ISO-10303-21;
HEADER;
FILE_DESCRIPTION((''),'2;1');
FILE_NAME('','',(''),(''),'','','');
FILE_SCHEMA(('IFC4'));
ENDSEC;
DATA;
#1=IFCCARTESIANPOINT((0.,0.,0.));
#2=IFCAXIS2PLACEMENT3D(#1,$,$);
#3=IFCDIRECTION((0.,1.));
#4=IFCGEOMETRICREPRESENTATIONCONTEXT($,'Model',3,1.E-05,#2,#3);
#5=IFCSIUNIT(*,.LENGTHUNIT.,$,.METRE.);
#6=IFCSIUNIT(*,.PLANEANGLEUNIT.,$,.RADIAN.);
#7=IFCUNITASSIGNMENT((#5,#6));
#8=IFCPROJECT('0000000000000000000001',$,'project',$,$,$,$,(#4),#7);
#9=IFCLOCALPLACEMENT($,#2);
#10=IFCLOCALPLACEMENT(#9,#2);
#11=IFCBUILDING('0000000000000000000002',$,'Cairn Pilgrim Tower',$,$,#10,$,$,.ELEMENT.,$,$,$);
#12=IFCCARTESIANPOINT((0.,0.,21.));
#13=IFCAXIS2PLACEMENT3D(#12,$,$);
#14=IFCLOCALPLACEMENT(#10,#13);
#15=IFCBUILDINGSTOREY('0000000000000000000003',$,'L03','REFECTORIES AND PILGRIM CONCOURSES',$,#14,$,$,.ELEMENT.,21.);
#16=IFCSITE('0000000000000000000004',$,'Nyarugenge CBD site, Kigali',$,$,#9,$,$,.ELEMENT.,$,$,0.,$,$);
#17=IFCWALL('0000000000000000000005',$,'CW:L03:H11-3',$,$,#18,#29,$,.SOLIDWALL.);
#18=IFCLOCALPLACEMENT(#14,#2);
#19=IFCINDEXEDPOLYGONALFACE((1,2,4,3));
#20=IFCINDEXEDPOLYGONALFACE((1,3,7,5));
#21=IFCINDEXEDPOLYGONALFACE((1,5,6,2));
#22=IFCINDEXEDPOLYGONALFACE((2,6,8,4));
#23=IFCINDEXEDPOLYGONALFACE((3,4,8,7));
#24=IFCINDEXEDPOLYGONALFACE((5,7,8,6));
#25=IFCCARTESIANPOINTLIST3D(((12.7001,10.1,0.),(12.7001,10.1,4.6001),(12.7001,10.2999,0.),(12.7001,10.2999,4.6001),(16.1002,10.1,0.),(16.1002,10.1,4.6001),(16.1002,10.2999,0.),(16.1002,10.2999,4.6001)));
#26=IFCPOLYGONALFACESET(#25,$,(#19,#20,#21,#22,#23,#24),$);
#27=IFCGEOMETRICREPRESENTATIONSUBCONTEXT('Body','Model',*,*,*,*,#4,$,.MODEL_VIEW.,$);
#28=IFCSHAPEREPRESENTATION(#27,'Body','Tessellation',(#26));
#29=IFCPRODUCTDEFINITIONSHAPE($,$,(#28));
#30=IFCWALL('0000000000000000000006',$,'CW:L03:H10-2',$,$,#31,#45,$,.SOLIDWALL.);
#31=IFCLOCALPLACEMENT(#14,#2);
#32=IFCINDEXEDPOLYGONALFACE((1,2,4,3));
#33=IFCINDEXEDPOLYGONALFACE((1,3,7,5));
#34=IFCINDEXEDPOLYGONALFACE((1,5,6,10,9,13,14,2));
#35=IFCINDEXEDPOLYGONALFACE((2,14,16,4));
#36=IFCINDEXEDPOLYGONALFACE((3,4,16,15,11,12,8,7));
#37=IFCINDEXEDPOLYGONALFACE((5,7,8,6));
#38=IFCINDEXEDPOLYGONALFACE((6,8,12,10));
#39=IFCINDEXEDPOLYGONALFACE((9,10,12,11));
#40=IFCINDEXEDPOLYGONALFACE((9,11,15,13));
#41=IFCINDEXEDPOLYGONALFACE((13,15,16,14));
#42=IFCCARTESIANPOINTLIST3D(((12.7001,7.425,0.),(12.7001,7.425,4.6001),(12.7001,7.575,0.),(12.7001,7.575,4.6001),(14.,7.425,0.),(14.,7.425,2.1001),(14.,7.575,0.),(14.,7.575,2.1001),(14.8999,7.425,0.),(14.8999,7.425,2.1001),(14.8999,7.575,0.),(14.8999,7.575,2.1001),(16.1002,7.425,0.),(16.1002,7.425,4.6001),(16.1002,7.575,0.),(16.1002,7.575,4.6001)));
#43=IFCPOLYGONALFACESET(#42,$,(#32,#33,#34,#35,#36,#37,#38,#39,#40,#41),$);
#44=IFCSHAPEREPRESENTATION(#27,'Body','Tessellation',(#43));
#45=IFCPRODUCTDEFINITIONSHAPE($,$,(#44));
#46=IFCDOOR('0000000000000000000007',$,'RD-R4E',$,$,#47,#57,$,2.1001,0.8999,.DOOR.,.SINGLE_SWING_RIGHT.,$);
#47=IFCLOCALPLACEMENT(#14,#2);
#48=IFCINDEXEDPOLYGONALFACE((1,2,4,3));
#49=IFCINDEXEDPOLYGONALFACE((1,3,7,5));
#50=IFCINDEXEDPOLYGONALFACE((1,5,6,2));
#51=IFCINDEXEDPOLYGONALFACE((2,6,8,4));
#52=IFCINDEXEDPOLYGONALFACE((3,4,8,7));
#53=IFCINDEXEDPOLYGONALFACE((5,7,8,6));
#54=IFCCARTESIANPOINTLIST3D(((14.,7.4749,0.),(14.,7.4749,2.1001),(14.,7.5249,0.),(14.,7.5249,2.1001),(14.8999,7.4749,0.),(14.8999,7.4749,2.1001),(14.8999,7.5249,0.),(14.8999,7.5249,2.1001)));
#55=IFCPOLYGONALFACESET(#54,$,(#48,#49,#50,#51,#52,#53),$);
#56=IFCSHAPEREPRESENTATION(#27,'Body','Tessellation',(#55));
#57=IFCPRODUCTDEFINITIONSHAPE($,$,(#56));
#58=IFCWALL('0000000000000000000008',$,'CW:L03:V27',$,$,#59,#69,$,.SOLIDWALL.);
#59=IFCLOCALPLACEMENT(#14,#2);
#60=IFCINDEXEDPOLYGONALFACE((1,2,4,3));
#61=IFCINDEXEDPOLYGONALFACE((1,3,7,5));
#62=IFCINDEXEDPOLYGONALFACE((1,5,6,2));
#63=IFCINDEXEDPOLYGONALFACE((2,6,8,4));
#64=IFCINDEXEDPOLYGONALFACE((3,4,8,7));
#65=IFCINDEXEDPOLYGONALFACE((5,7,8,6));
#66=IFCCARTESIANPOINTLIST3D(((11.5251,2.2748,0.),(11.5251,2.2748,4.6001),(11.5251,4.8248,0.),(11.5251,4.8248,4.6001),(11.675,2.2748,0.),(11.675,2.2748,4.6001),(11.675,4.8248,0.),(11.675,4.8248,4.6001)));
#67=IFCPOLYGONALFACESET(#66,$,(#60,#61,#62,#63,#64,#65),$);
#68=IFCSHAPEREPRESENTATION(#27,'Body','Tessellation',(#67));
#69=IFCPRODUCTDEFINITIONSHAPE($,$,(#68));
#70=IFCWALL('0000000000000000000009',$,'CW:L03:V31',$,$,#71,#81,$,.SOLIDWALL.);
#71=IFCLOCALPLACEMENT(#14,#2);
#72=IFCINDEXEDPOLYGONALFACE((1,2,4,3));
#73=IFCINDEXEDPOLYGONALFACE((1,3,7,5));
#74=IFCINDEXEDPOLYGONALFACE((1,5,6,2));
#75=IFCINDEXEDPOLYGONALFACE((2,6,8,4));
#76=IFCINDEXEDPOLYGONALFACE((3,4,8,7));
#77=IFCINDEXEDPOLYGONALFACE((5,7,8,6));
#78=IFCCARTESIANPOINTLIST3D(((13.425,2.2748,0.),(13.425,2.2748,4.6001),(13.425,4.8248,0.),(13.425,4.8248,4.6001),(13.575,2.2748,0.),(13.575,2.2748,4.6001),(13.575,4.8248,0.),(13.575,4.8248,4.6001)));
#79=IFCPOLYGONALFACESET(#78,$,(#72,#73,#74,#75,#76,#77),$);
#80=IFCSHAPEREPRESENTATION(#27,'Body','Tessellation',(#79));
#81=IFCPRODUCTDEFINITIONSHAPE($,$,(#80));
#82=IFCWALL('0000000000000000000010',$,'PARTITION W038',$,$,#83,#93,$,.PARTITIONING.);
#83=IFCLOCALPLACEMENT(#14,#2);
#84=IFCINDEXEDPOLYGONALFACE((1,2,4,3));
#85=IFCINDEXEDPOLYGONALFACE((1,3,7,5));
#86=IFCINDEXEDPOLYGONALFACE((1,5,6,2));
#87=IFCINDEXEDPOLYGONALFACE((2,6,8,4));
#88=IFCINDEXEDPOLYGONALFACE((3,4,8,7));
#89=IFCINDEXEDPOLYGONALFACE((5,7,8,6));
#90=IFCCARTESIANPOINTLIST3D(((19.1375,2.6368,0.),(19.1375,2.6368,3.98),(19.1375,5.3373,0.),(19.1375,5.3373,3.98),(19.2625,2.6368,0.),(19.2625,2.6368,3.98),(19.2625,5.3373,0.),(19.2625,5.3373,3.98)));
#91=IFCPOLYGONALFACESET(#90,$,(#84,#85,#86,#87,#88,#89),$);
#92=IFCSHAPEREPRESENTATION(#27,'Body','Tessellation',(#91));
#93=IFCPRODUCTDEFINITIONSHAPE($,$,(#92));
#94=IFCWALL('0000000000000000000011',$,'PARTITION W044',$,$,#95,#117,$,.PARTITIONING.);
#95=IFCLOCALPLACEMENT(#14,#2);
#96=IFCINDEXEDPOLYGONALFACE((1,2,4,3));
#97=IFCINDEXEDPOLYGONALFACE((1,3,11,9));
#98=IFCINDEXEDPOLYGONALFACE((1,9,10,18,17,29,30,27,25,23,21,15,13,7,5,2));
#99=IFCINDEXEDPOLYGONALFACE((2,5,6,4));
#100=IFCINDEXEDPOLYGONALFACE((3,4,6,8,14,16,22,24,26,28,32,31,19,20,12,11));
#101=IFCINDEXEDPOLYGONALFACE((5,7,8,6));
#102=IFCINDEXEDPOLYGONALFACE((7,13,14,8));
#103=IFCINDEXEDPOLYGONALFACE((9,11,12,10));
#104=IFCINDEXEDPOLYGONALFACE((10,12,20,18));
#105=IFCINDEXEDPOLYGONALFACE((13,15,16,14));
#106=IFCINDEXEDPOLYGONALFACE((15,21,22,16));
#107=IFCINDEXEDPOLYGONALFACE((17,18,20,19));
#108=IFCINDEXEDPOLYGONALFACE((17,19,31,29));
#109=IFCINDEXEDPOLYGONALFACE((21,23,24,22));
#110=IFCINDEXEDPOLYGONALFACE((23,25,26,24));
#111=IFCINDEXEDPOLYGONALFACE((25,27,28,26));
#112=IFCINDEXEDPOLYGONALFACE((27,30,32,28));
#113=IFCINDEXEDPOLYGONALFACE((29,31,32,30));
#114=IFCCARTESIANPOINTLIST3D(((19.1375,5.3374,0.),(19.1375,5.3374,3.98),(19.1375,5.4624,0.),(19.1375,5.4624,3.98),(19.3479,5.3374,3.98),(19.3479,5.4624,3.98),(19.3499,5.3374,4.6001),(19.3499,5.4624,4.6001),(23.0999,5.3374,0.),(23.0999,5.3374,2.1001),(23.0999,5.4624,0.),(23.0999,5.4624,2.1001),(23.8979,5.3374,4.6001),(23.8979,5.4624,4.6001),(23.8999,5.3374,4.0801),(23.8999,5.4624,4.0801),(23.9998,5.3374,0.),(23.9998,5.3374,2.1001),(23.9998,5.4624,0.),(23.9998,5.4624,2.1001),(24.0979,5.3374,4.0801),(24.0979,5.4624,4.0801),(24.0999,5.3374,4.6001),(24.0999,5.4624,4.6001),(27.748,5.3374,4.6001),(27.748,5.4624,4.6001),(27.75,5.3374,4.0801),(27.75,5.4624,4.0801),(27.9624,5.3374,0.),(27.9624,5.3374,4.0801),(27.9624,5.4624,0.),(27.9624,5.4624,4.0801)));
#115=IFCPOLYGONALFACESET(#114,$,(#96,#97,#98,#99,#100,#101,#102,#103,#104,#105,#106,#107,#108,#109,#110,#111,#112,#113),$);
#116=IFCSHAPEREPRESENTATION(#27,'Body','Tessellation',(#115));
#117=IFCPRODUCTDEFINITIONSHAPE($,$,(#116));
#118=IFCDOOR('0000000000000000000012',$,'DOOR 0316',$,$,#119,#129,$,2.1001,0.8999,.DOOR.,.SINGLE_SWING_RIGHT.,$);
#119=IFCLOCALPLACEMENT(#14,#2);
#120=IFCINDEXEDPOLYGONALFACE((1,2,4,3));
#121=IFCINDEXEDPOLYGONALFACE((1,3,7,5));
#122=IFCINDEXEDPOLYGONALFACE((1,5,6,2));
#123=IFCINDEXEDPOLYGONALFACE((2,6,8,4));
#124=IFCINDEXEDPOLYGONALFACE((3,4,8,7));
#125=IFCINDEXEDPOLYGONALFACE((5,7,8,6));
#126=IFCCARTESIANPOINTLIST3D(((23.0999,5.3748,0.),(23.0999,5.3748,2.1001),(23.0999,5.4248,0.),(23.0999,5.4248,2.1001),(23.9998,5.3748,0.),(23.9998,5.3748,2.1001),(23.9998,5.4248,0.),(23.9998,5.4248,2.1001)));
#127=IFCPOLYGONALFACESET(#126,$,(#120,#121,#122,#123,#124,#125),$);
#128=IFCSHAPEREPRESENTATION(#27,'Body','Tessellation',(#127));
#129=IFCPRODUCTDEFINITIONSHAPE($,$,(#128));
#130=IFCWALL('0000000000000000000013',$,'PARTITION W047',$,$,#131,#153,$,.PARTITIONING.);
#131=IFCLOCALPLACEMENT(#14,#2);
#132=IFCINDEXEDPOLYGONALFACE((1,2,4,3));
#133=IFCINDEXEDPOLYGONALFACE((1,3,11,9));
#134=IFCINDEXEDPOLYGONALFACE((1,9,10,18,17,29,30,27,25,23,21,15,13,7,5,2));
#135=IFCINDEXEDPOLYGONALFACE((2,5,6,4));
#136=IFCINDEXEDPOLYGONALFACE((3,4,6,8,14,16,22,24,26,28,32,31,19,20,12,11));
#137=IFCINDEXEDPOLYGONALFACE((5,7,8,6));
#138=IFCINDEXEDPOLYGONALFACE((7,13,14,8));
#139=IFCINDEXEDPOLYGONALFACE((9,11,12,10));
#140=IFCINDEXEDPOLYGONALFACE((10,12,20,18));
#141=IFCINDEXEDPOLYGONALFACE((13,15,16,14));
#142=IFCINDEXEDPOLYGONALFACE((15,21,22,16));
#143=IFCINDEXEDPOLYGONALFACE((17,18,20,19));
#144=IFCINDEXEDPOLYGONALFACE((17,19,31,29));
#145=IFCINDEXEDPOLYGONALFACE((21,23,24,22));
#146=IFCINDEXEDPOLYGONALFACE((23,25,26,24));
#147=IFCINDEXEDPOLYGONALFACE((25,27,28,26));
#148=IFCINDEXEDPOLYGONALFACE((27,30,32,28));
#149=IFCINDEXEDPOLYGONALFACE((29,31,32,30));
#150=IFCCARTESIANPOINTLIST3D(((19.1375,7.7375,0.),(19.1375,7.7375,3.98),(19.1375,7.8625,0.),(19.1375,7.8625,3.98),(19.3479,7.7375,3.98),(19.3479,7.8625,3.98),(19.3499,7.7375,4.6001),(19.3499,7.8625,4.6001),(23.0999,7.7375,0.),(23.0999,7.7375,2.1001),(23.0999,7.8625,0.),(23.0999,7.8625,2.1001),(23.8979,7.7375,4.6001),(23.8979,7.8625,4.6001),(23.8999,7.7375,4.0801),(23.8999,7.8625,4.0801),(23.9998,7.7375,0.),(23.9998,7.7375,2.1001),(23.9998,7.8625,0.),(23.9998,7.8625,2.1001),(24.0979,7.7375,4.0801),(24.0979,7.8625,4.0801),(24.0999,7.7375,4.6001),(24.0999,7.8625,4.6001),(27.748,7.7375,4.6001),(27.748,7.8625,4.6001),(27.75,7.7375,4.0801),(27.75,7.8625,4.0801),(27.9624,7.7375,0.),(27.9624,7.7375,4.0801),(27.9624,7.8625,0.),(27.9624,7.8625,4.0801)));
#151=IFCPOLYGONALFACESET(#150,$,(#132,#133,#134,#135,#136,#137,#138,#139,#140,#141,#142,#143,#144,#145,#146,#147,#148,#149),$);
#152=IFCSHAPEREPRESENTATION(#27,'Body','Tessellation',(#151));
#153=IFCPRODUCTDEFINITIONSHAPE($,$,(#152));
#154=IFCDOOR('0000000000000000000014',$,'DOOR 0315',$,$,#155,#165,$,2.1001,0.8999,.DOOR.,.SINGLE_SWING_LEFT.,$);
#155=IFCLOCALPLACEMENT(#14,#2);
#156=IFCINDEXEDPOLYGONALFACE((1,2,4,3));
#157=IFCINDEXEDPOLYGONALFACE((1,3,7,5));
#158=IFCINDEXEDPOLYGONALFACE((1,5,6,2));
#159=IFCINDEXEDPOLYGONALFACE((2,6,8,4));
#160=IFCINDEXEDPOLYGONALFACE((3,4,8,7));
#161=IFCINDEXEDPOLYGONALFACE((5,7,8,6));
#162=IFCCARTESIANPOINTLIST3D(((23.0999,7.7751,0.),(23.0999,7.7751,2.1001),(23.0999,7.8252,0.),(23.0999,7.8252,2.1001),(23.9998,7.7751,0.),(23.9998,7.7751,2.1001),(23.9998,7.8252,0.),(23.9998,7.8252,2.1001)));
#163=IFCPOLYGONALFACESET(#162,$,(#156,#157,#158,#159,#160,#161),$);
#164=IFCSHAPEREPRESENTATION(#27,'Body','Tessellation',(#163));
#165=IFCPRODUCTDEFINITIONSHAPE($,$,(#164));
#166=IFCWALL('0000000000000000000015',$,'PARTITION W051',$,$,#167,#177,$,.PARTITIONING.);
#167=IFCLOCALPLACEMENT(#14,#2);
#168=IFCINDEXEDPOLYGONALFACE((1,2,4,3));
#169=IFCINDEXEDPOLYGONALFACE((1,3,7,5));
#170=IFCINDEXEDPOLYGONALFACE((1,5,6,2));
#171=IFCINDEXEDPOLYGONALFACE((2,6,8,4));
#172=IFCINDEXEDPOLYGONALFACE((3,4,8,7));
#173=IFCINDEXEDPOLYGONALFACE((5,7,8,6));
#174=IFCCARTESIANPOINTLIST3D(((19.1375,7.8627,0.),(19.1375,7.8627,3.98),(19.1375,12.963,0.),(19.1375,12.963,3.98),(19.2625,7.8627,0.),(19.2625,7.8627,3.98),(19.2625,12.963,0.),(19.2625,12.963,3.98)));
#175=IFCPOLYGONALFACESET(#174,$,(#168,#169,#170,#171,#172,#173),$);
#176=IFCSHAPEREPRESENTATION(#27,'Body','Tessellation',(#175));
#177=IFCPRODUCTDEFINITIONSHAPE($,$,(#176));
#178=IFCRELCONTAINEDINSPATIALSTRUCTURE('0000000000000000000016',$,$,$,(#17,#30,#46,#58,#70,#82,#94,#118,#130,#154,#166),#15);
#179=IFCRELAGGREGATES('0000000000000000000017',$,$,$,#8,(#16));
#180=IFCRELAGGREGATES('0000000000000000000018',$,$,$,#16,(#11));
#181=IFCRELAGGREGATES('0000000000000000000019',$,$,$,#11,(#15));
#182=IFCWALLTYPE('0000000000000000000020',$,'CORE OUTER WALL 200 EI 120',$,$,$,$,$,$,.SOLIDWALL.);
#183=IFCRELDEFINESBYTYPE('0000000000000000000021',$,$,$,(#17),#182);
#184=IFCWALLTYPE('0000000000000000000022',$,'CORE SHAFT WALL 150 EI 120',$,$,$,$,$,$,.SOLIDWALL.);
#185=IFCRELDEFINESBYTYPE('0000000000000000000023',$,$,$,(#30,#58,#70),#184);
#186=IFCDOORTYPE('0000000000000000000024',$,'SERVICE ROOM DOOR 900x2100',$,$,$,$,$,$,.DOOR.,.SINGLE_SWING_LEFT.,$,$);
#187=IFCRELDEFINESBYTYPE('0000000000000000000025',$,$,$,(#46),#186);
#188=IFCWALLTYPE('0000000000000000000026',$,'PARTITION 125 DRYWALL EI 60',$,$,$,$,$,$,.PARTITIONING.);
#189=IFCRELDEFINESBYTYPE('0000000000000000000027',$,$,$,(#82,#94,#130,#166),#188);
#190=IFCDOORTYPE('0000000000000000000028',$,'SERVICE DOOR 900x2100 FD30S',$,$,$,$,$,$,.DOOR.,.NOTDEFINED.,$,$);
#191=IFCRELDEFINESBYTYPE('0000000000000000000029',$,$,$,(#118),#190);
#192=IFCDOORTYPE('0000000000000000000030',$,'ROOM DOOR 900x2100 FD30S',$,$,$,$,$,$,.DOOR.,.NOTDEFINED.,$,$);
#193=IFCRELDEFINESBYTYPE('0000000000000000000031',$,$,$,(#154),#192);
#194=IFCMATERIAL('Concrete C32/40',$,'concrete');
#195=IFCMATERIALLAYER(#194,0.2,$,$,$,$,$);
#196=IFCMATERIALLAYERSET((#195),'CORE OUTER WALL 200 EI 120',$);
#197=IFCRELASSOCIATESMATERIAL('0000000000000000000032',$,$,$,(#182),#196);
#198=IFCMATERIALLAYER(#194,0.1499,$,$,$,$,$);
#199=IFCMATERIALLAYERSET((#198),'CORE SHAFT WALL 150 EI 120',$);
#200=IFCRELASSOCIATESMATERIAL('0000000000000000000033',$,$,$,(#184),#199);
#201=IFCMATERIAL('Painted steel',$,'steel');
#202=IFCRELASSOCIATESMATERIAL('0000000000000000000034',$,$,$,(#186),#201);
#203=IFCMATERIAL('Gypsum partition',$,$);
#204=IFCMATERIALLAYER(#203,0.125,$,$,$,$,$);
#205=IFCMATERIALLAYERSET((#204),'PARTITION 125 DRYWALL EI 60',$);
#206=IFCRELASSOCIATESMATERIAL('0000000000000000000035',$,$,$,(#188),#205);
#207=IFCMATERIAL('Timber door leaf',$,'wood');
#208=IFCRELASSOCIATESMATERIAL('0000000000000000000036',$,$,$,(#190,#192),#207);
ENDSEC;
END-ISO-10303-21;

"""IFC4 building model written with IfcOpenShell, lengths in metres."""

from ifc_helpers import new_model, si_unit, direction, frame, frame_2d, origin, place, context, subcontext, project, spatial, polyline, rectangle, outline, extrude, material, layer, layer_set, type_object, element, fill, save


model = new_model("IFC4")

# Units and contexts
model_context = context("Model", 3, precision=1e-05, world=origin(), true_north=direction((0.0, 1.0)))
body_context = subcontext(model_context, "Body", "Model", "MODEL_VIEW")
ifc_project = project(units=[si_unit("LENGTHUNIT", "METRE"), si_unit("PLANEANGLEUNIT", "RADIAN")], contexts=[model_context])

# Site, building, storey
site_placement = place(None, origin())
site = spatial("IfcSite", under=ifc_project, at=site_placement, Name="Nyarugenge CBD site, Kigali", CompositionType="ELEMENT", RefElevation=0.0)
building_placement = place(site_placement, origin())
building = spatial("IfcBuilding", under=site, at=building_placement, Name="Cairn Pilgrim Tower", CompositionType="ELEMENT")
storey_placement = place(building_placement, frame((0.0, 0.0, 21.0)))
storey = spatial("IfcBuildingStorey", under=building, at=storey_placement, Name="L03", Description="REFECTORIES AND PILGRIM CONCOURSES", CompositionType="ELEMENT", Elevation=21.0)

# Wall
ifc_material_1 = material(Name="Concrete C32/40", Category="concrete")
ifc_layer_1 = layer(ifc_material_1, 0.2)
ifc_layer_set_1 = layer_set([ifc_layer_1], Name="CORE OUTER WALL 200 EI 120")
wall_type_1 = type_object("IfcWallType", Name="CORE OUTER WALL 200 EI 120", PredefinedType="SOLIDWALL", material=ifc_layer_set_1)
wall_1_placement = place(storey_placement, frame((12.7, 10.2, 0.0), z_axis=(0.0, 0.0, 1.0), x_axis=(1.0, 0.0, 0.0)))
element("IfcWall", 1, at=wall_1_placement, inside=storey, type_object=wall_type_1, Name="CW:L03:H11-3", PredefinedType="SOLIDWALL", context=body_context, shape_type="SweptSolid", body=[
    extrude(rectangle(XDim=3.4001, YDim=0.2, at=frame_2d((1.7002, 0.0))), origin(), (0.0, 0.0, 1.0), 4.6001),
])

# Wall, opening, door
ifc_layer_2 = layer(ifc_material_1, 0.1499)
ifc_layer_set_2 = layer_set([ifc_layer_2], Name="CORE SHAFT WALL 150 EI 120")
wall_type_2 = type_object("IfcWallType", Name="CORE SHAFT WALL 150 EI 120", PredefinedType="SOLIDWALL", material=ifc_layer_set_2)
wall_2_placement = place(storey_placement, frame((12.7, 7.5, 0.0), z_axis=(0.0, 0.0, 1.0), x_axis=(1.0, 0.0, 0.0)))
wall_2 = element("IfcWall", 2, at=wall_2_placement, inside=storey, type_object=wall_type_2, Name="CW:L03:H10-2", PredefinedType="SOLIDWALL", context=body_context, shape_type="SweptSolid", body=[
    extrude(rectangle(XDim=3.4001, YDim=0.1499, at=frame_2d((1.7002, 0.0))), origin(), (0.0, 0.0, 1.0), 4.6001),
])
opening_1_placement = place(wall_2_placement, frame((1.3, 0.0, 0.0)))
opening_1 = element("IfcOpeningElement", 3, at=opening_1_placement, cuts=wall_2, PredefinedType="OPENING", context=body_context, shape_type="SweptSolid", body=[
    extrude(rectangle(XDim=0.8999, YDim=2.1001, at=frame_2d((0.45, 1.05))), frame((0.0, 0.085, 0.0), z_axis=(0.0, -1.0, 0.0), x_axis=(1.0, 0.0, 0.0)), (0.0, 0.0, 1.0), 0.1699),
])
ifc_material_2 = material(Name="Painted steel", Category="steel")
door_type_1 = type_object("IfcDoorType", Name="SERVICE ROOM DOOR 900x2100", OperationType="SINGLE_SWING_LEFT", PredefinedType="DOOR", material=ifc_material_2)
door_1_placement = place(opening_1_placement, origin())
door_1 = element("IfcDoor", 4, at=door_1_placement, inside=storey, type_object=door_type_1, Name="RD-R4E", OperationType="SINGLE_SWING_RIGHT", OverallHeight=2.1001, OverallWidth=0.8999, PredefinedType="DOOR", context=body_context, shape_type="SweptSolid", body=[
    extrude(rectangle(XDim=0.8999, YDim=2.1001, at=frame_2d((0.45, 1.05))), frame((0.0, 0.0249, 0.0), z_axis=(0.0, -1.0, 0.0), x_axis=(1.0, 0.0, 0.0)), (0.0, 0.0, 1.0), 0.05),
])
fill(opening_1, door_1)

# Walls
for number, where, z_axis, x_axis, name in (
    (5, (11.6001, 2.2749, 0.0), (0.0, 0.0, 1.0), (0.0, 1.0, 0.0), "CW:L03:V27"),
    (6, (13.5, 2.2749, 0.0), (0.0, 0.0, 1.0), (0.0, 1.0, 0.0), "CW:L03:V31"),
):
    element("IfcWall", number, at=place(storey_placement, frame(where, z_axis=z_axis, x_axis=x_axis)), inside=storey, type_object=wall_type_2, Name=name, PredefinedType="SOLIDWALL", context=body_context, shape_type="SweptSolid", body=[
        extrude(rectangle(XDim=2.55, YDim=0.1499, at=frame_2d((1.2749, 0.0))), origin(), (0.0, 0.0, 1.0), 4.6001),
    ])
ifc_material_3 = material(Name="Gypsum partition")
ifc_layer_3 = layer(ifc_material_3, 0.125)
ifc_layer_set_3 = layer_set([ifc_layer_3], Name="PARTITION 125 DRYWALL EI 60")
wall_type_3 = type_object("IfcWallType", Name="PARTITION 125 DRYWALL EI 60", PredefinedType="PARTITIONING", material=ifc_layer_set_3)
wall_3_placement = place(storey_placement, frame((19.2, 2.637, 0.0), z_axis=(0.0, 0.0, 1.0), x_axis=(0.0, 1.0, 0.0)))
element("IfcWall", 7, at=wall_3_placement, inside=storey, type_object=wall_type_3, Name="PARTITION W038", PredefinedType="PARTITIONING", context=body_context, shape_type="SweptSolid", body=[
    extrude(rectangle(XDim=2.7004, YDim=0.125, at=frame_2d((1.3501, 0.0))), origin(), (0.0, 0.0, 1.0), 3.98),
])

# Walls, openings, doors
wall_4_placement = place(storey_placement, frame((19.1375, 5.3999, 0.0), z_axis=(0.0, 0.0, 1.0), x_axis=(1.0, 0.0, 0.0)))
wall_4 = element("IfcWall", 8, at=wall_4_placement, inside=storey, type_object=wall_type_3, Name="PARTITION W044", PredefinedType="PARTITIONING", context=body_context, shape_type="SweptSolid", body=[
    extrude(outline(polyline([(0.0, 0.0), (8.825, 0.0), (8.825, 4.0801), (8.6125, 4.0801), (8.6106, 4.6001), (4.9624, 4.6001), (4.9604, 4.0801), (4.7625, 4.0801), (4.7605, 4.6001), (0.2124, 4.6001), (0.2104, 3.98), (0.0, 3.98), (0.0, 0.0)])), frame((0.0, 0.0625, 0.0), z_axis=(0.0, -1.0, 0.0), x_axis=(1.0, 0.0, 0.0)), (0.0, 0.0, 1.0), 0.125),
])
opening_2_placement = place(wall_4_placement, frame((3.9624, 0.0, 0.0)))
opening_2 = element("IfcOpeningElement", 9, at=opening_2_placement, cuts=wall_4, PredefinedType="OPENING", context=body_context, shape_type="SweptSolid", body=[
    extrude(rectangle(XDim=0.8999, YDim=2.1001, at=frame_2d((0.45, 1.05))), frame((0.0, 0.0725, 0.0), z_axis=(0.0, -1.0, 0.0), x_axis=(1.0, 0.0, 0.0)), (0.0, 0.0, 1.0), 0.145),
])
ifc_material_4 = material(Name="Timber door leaf", Category="wood")
door_type_2 = type_object("IfcDoorType", Name="SERVICE DOOR 900x2100 FD30S", OperationType="NOTDEFINED", PredefinedType="DOOR", material=ifc_material_4)
door_2_placement = place(opening_2_placement, origin())
door_2 = element("IfcDoor", 10, at=door_2_placement, inside=storey, type_object=door_type_2, Name="DOOR 0316", OperationType="SINGLE_SWING_RIGHT", OverallHeight=2.1001, OverallWidth=0.8999, PredefinedType="DOOR", context=body_context, shape_type="SweptSolid", body=[
    extrude(rectangle(XDim=0.8999, YDim=2.1001, at=frame_2d((0.45, 1.05))), frame((0.0, 0.0249, 0.0), z_axis=(0.0, -1.0, 0.0), x_axis=(1.0, 0.0, 0.0)), (0.0, 0.0, 1.0), 0.05),
])
fill(opening_2, door_2)
wall_5_placement = place(storey_placement, frame((19.1375, 7.8, 0.0), z_axis=(0.0, 0.0, 1.0), x_axis=(1.0, 0.0, 0.0)))
wall_5 = element("IfcWall", 11, at=wall_5_placement, inside=storey, type_object=wall_type_3, Name="PARTITION W047", PredefinedType="PARTITIONING", context=body_context, shape_type="SweptSolid", body=[
    extrude(outline(polyline([(0.0, 0.0), (8.825, 0.0), (8.825, 4.0801), (8.6125, 4.0801), (8.6106, 4.6001), (4.9624, 4.6001), (4.9604, 4.0801), (4.7625, 4.0801), (4.7605, 4.6001), (0.2124, 4.6001), (0.2104, 3.98), (0.0, 3.98), (0.0, 0.0)])), frame((0.0, 0.0625, 0.0), z_axis=(0.0, -1.0, 0.0), x_axis=(1.0, 0.0, 0.0)), (0.0, 0.0, 1.0), 0.125),
])
opening_3_placement = place(wall_5_placement, frame((3.9624, 0.0, 0.0)))
opening_3 = element("IfcOpeningElement", 12, at=opening_3_placement, cuts=wall_5, PredefinedType="OPENING", context=body_context, shape_type="SweptSolid", body=[
    extrude(rectangle(XDim=0.8999, YDim=2.1001, at=frame_2d((0.45, 1.05))), frame((0.0, 0.0725, 0.0), z_axis=(0.0, -1.0, 0.0), x_axis=(1.0, 0.0, 0.0)), (0.0, 0.0, 1.0), 0.145),
])
door_type_3 = type_object("IfcDoorType", Name="ROOM DOOR 900x2100 FD30S", OperationType="NOTDEFINED", PredefinedType="DOOR", material=ifc_material_4)
door_3_placement = place(opening_3_placement, frame((0.8999, 0.0, 0.0), z_axis=(0.0, 0.0, 1.0), x_axis=(-1.0, 0.0, 0.0)))
door_3 = element("IfcDoor", 13, at=door_3_placement, inside=storey, type_object=door_type_3, Name="DOOR 0315", OperationType="SINGLE_SWING_LEFT", OverallHeight=2.1001, OverallWidth=0.8999, PredefinedType="DOOR", context=body_context, shape_type="SweptSolid", body=[
    extrude(rectangle(XDim=0.8999, YDim=2.1001, at=frame_2d((0.45, 1.05))), frame((0.0, 0.0249, 0.0), z_axis=(0.0, -1.0, 0.0), x_axis=(1.0, 0.0, 0.0)), (0.0, 0.0, 1.0), 0.05),
])
fill(opening_3, door_3)

# Wall
wall_6_placement = place(storey_placement, frame((19.2, 7.8625, 0.0), z_axis=(0.0, 0.0, 1.0), x_axis=(0.0, 1.0, 0.0)))
element("IfcWall", 14, at=wall_6_placement, inside=storey, type_object=wall_type_3, Name="PARTITION W051", PredefinedType="PARTITIONING", context=body_context, shape_type="SweptSolid", body=[
    extrude(rectangle(XDim=5.1003, YDim=0.125, at=frame_2d((2.5503, 0.0))), origin(), (0.0, 0.0, 1.0), 3.98),
])

save(model, "model.ifc")
